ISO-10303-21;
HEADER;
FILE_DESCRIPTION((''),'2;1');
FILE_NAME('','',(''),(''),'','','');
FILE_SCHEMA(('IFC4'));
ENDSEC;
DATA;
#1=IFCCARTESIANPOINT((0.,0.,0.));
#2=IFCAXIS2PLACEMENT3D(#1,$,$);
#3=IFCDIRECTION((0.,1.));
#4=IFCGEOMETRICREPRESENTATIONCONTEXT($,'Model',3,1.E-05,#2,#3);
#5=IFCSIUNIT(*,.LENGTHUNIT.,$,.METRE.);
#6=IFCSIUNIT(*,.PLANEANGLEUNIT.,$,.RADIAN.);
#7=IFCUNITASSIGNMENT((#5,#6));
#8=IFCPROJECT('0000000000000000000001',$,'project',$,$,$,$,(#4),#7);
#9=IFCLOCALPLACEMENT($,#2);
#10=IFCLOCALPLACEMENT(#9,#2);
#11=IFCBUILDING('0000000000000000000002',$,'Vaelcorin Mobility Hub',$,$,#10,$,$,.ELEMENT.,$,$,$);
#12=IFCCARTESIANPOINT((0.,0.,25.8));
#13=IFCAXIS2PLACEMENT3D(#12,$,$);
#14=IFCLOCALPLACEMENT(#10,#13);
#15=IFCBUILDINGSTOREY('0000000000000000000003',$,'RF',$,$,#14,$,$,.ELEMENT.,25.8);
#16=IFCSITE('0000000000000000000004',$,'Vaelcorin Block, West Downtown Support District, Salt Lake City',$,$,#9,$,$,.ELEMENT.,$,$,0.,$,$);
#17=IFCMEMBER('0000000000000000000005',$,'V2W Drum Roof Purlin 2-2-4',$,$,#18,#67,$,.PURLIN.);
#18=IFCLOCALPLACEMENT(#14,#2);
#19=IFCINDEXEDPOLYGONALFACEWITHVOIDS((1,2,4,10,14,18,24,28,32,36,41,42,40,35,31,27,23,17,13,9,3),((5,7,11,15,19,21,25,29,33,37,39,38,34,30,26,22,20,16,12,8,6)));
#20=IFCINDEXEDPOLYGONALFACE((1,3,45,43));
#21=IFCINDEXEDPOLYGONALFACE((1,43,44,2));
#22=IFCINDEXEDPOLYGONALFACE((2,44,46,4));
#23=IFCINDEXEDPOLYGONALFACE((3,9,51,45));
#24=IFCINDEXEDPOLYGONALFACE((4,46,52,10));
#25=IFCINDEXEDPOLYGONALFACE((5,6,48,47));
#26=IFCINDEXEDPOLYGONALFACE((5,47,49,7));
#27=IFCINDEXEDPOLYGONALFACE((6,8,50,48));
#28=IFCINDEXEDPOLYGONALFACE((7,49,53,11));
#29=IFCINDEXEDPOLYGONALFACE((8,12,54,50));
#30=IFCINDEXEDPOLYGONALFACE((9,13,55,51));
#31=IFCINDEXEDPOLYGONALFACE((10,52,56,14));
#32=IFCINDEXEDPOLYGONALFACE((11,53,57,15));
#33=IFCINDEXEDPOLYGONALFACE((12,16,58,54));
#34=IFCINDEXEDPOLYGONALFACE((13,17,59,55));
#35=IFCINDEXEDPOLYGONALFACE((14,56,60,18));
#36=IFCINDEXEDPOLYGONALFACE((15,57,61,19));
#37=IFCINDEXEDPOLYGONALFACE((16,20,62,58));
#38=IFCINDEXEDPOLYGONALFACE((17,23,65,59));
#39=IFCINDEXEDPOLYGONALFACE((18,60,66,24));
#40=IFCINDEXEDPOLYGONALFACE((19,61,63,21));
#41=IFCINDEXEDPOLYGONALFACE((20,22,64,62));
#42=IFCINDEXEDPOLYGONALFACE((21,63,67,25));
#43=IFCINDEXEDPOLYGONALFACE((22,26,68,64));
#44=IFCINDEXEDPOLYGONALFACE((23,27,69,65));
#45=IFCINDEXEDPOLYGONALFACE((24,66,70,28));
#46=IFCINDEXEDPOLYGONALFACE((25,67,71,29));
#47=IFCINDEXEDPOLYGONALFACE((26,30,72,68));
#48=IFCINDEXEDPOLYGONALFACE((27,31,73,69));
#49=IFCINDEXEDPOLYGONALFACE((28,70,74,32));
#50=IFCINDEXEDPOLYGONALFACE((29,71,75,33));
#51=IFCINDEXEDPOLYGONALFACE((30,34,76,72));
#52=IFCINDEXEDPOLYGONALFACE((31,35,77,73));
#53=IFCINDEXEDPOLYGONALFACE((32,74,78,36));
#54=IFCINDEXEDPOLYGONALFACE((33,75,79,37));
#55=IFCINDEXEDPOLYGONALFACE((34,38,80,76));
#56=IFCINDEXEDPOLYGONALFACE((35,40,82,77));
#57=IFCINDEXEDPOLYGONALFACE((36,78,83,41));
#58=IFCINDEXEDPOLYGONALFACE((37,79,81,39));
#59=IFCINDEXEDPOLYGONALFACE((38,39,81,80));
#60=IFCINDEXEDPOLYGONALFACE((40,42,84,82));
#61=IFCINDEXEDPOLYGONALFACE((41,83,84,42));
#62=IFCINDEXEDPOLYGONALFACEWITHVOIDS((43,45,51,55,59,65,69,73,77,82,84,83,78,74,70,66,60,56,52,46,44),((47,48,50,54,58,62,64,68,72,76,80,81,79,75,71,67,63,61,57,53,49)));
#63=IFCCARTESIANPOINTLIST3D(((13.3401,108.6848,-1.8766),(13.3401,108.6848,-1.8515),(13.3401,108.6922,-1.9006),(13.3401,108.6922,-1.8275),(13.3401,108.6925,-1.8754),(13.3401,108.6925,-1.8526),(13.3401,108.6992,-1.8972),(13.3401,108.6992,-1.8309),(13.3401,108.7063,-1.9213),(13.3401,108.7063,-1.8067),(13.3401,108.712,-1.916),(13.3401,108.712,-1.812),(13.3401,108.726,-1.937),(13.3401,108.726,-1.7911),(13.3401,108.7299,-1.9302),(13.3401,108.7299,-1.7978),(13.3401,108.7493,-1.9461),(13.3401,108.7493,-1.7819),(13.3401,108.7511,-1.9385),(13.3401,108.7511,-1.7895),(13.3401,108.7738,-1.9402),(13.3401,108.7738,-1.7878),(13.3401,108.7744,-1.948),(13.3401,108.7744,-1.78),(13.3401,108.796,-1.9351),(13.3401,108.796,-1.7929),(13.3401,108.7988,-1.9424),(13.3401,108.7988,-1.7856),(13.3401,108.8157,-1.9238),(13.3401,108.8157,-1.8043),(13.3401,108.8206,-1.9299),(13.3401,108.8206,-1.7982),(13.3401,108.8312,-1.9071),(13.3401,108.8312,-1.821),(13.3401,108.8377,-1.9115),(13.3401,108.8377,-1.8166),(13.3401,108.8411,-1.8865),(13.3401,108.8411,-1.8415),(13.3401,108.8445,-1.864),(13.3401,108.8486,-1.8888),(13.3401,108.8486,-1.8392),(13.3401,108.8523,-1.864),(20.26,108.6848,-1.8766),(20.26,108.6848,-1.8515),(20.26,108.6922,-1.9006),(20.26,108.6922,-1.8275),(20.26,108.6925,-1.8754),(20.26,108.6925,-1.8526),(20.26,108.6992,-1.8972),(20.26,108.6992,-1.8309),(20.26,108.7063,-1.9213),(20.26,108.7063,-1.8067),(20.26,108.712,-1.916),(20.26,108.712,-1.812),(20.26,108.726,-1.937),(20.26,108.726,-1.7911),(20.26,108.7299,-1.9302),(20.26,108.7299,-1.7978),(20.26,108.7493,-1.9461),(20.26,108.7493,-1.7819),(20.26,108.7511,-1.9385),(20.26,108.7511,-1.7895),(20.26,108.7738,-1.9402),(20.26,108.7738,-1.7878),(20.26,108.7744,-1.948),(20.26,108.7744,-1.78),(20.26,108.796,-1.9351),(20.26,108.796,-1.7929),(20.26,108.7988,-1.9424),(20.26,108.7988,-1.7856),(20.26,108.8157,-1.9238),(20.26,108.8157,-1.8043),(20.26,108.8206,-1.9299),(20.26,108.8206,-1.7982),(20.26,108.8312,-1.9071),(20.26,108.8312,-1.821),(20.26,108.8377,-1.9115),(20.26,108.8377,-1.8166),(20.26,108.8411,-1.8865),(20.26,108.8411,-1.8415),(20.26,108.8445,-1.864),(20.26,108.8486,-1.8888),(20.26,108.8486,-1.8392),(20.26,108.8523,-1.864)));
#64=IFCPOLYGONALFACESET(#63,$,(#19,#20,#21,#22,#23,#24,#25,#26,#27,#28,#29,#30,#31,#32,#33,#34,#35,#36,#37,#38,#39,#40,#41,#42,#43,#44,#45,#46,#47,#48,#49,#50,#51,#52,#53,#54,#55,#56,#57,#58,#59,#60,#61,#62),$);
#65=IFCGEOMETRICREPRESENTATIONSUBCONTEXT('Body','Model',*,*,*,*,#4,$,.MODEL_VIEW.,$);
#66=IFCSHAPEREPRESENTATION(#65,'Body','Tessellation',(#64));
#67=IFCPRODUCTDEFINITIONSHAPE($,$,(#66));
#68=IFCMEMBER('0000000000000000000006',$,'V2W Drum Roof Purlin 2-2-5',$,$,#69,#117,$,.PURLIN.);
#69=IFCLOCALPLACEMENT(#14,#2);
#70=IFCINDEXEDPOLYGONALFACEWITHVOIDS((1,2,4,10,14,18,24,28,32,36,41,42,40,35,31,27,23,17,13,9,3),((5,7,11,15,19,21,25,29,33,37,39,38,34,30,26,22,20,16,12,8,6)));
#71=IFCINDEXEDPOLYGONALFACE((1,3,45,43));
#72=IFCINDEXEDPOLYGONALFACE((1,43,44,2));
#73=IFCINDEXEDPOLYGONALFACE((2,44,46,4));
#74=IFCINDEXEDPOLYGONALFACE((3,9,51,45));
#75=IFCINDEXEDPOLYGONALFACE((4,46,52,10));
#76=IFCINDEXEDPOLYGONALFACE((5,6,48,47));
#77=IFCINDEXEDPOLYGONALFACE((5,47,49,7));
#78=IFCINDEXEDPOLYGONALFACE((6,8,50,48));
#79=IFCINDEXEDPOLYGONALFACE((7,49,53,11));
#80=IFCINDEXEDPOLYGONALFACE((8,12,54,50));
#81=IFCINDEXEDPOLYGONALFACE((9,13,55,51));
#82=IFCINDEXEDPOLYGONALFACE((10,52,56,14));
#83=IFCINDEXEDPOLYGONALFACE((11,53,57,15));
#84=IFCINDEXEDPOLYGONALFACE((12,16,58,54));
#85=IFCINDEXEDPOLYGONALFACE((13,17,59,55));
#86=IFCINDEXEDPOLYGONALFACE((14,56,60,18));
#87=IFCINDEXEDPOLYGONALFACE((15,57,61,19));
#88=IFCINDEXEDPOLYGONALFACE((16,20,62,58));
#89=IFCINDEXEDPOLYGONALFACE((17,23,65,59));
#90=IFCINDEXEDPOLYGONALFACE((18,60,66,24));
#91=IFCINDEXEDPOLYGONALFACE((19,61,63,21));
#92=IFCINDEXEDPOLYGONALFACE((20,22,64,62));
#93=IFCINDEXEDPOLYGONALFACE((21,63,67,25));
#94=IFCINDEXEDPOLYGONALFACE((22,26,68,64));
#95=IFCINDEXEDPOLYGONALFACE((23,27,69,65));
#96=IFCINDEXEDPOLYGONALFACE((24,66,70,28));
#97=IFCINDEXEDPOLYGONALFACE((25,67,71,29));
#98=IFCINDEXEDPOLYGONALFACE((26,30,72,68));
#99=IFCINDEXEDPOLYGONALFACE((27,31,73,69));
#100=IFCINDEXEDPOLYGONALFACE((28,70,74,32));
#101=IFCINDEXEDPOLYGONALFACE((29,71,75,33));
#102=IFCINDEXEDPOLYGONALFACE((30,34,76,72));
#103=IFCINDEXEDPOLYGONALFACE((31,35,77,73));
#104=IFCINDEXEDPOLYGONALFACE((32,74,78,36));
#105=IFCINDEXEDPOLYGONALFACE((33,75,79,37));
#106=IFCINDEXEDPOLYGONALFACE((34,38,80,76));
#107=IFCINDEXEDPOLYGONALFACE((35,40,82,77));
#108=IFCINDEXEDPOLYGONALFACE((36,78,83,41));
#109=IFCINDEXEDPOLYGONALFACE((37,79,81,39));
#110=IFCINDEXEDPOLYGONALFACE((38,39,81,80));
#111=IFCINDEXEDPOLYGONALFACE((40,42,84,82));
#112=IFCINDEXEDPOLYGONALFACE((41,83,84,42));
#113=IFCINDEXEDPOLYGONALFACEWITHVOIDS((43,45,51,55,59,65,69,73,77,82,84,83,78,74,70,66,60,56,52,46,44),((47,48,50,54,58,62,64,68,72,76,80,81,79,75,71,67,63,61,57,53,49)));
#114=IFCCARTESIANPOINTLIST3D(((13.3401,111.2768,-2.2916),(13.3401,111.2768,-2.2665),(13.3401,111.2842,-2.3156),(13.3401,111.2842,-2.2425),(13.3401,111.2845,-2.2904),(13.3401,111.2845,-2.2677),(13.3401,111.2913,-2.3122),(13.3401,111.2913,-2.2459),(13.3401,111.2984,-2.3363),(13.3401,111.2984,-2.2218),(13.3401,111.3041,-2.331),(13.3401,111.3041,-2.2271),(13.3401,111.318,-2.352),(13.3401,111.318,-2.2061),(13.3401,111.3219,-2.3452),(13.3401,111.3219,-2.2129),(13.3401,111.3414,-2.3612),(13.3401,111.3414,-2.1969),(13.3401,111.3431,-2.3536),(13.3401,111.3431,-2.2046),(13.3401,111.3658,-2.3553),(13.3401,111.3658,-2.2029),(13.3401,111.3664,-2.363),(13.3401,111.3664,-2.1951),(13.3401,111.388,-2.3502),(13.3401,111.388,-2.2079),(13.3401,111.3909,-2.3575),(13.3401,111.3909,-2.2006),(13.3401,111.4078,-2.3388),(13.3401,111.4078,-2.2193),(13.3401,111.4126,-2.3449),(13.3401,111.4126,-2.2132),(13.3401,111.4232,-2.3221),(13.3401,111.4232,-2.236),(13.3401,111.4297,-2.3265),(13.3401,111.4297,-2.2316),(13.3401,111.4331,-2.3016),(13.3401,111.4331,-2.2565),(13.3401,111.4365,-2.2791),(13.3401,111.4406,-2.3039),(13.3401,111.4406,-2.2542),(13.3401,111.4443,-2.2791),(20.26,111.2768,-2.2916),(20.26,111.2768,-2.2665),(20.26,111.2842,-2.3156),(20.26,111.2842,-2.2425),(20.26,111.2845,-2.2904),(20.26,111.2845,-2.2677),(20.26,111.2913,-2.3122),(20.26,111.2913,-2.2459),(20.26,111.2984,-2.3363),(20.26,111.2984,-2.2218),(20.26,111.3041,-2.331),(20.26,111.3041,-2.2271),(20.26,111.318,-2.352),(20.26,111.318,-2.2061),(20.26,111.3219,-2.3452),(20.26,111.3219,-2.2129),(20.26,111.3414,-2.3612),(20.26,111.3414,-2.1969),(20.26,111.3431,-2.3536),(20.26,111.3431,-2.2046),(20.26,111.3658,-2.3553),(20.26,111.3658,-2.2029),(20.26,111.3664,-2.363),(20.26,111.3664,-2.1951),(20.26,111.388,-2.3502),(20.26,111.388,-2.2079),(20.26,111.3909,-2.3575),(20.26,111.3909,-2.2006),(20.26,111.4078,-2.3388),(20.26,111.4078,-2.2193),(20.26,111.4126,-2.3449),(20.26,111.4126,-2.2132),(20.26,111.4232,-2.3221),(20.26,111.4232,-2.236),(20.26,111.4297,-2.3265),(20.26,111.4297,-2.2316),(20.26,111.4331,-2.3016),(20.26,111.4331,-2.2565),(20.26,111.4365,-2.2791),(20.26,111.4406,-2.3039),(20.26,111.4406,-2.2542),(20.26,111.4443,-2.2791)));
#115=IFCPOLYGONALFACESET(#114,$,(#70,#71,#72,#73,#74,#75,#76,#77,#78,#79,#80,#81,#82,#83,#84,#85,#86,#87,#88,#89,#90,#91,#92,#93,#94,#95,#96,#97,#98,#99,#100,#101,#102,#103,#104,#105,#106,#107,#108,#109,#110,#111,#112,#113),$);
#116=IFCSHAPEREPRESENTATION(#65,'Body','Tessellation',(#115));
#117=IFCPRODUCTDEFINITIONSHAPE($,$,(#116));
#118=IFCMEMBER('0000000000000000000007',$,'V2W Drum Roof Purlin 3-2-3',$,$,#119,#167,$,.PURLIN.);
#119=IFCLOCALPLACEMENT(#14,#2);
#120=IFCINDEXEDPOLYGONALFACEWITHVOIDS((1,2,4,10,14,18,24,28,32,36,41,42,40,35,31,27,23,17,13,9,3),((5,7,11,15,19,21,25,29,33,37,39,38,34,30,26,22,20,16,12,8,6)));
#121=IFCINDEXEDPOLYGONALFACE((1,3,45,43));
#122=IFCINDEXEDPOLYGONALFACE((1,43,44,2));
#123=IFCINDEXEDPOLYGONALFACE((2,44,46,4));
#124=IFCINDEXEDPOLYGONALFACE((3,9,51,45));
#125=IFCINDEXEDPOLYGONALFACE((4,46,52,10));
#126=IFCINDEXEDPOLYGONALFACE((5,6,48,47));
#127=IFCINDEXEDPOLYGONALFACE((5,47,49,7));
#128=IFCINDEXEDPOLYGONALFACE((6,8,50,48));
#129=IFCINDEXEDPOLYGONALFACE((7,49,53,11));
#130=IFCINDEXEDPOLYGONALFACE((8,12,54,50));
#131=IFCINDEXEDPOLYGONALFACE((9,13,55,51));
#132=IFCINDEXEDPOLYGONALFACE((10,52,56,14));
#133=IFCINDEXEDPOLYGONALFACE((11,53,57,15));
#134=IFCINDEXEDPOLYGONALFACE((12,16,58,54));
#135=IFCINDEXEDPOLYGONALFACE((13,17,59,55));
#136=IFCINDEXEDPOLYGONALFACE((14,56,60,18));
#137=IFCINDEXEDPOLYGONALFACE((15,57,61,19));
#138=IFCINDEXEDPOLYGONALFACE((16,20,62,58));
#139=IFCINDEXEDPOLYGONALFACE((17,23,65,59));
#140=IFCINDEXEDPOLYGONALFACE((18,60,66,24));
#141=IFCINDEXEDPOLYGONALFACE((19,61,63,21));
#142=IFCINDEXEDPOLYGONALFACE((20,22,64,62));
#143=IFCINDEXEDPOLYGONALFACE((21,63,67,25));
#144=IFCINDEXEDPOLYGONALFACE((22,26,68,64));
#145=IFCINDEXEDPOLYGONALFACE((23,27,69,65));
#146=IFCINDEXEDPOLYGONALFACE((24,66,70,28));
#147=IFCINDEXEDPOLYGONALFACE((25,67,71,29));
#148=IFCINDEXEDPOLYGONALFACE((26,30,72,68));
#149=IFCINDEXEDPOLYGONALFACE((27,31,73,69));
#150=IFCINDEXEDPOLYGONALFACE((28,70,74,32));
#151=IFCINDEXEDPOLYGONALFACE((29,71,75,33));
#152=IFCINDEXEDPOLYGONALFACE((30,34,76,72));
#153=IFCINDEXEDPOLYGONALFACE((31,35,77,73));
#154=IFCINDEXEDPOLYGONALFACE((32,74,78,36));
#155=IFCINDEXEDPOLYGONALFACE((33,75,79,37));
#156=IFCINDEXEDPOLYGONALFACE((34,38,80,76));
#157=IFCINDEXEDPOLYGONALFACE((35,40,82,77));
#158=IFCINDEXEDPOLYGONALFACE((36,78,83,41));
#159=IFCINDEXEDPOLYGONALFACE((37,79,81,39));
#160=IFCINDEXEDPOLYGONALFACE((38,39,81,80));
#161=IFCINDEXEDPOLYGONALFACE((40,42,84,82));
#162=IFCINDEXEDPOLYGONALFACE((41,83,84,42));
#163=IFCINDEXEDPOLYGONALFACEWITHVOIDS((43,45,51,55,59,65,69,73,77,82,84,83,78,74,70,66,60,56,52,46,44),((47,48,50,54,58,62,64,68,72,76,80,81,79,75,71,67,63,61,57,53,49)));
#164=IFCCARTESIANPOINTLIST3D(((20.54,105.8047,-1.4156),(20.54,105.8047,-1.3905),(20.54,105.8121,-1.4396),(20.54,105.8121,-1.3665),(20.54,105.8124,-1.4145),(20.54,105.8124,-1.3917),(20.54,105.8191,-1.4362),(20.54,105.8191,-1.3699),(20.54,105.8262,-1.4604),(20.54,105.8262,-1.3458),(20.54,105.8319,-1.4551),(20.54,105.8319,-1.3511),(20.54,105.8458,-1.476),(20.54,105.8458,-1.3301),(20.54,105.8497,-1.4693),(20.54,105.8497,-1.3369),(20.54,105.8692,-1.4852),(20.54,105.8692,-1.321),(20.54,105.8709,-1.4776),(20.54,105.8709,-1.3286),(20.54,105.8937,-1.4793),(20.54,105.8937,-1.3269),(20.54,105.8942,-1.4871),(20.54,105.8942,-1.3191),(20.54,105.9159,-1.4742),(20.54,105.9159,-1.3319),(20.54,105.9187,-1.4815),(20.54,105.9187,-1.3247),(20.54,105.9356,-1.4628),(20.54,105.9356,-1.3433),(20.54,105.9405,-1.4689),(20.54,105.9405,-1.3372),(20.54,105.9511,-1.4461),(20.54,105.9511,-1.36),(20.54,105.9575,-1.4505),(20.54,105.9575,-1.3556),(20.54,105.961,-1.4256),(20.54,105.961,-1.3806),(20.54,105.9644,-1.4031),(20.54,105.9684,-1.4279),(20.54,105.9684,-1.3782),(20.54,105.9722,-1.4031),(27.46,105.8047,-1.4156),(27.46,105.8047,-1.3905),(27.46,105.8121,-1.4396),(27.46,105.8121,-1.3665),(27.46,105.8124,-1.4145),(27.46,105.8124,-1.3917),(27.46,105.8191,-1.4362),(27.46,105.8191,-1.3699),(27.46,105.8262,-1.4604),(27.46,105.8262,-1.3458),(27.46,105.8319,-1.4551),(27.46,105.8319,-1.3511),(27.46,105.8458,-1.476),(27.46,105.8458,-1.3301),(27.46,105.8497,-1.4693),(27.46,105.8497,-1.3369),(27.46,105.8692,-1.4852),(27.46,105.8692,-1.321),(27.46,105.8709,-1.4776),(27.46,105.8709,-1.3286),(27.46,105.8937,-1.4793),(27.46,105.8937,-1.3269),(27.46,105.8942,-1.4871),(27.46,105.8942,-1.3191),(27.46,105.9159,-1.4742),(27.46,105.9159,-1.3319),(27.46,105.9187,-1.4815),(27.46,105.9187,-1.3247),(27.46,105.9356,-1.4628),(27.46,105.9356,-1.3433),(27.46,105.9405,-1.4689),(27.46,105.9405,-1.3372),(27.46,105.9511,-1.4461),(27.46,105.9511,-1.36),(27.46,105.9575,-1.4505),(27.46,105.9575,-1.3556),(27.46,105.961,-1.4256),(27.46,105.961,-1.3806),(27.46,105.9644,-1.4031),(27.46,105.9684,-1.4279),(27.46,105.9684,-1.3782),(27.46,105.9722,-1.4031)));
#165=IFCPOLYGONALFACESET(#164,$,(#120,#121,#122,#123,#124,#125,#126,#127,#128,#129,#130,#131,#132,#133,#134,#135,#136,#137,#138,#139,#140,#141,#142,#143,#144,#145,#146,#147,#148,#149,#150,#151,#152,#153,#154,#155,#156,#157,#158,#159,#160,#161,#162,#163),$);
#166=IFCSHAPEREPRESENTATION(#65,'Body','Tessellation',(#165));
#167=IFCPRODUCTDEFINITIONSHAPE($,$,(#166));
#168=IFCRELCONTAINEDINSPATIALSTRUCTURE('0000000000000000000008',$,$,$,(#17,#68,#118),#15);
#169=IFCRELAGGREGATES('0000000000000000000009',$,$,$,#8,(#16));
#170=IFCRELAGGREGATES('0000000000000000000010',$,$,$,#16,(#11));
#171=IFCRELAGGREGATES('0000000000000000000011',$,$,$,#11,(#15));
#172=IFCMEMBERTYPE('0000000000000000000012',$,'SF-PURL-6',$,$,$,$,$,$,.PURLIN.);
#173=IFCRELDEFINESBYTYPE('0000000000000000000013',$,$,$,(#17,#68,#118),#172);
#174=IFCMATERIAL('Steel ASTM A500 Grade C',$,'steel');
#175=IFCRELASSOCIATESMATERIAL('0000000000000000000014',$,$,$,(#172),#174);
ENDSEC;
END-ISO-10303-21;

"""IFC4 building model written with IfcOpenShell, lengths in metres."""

from ifc_helpers import new_model, si_unit, direction, frame, origin, origin_2d, place, context, subcontext, project, spatial, hollow_circle, extrude, material, material_profile, profile_set, type_object, element, save


model = new_model("IFC4")

# Units and contexts
model_context = context("Model", 3, precision=1e-05, world=origin(), true_north=direction((0.0, 1.0)))
body_context = subcontext(model_context, "Body", "Model", "MODEL_VIEW")
ifc_project = project(units=[si_unit("LENGTHUNIT", "METRE"), si_unit("PLANEANGLEUNIT", "RADIAN")], contexts=[model_context])

# Site, building, storey
site_placement = place(None, origin())
site = spatial("IfcSite", under=ifc_project, at=site_placement, Name="Vaelcorin Block, West Downtown Support District, Salt Lake City", CompositionType="ELEMENT", RefElevation=0.0)
building_placement = place(site_placement, origin())
building = spatial("IfcBuilding", under=site, at=building_placement, Name="Vaelcorin Mobility Hub", CompositionType="ELEMENT")
storey_placement = place(building_placement, frame((0.0, 0.0, 25.8)))
storey = spatial("IfcBuildingStorey", under=building, at=storey_placement, Name="RF", CompositionType="ELEMENT", Elevation=25.8)

# Members
ifc_material_1 = material(Name="Steel ASTM A500 Grade C", Category="steel")
ifc_material_profile_1 = material_profile(ifc_material_1, hollow_circle(Radius=0.0842, WallThickness=0.0078, at=origin_2d()), Name="HSS6.625X0.312")
ifc_profile_set_1 = profile_set([ifc_material_profile_1], Name="Steel ASTM A500 Grade C")
member_type_1 = type_object("IfcMemberType", Name="SF-PURL-6", PredefinedType="PURLIN", material=ifc_profile_set_1)
for number, where, z_axis, x_axis, name in (
    (1, (13.3401, 108.7681, -1.864), (1.0, 0.0, 0.0), (0.0, 1.0, 0.0), "V2W Drum Roof Purlin 2-2-4"),
    (2, (13.3401, 111.3601, -2.2791), (1.0, 0.0, 0.0), (0.0, 1.0, 0.0), "V2W Drum Roof Purlin 2-2-5"),
    (3, (20.54, 105.8879, -1.4031), (1.0, 0.0, 0.0), (0.0, 1.0, 0.0), "V2W Drum Roof Purlin 3-2-3"),
):
    element("IfcMember", number, at=place(storey_placement, frame(where, z_axis=z_axis, x_axis=x_axis)), inside=storey, type_object=member_type_1, Name=name, PredefinedType="PURLIN", context=body_context, shape_type="SweptSolid", body=[
        extrude(hollow_circle(Radius=0.0842, WallThickness=0.0078, at=origin_2d()), origin(), (0.0, 0.0, 1.0), 6.9199),
    ])

save(model, "model.ifc")
